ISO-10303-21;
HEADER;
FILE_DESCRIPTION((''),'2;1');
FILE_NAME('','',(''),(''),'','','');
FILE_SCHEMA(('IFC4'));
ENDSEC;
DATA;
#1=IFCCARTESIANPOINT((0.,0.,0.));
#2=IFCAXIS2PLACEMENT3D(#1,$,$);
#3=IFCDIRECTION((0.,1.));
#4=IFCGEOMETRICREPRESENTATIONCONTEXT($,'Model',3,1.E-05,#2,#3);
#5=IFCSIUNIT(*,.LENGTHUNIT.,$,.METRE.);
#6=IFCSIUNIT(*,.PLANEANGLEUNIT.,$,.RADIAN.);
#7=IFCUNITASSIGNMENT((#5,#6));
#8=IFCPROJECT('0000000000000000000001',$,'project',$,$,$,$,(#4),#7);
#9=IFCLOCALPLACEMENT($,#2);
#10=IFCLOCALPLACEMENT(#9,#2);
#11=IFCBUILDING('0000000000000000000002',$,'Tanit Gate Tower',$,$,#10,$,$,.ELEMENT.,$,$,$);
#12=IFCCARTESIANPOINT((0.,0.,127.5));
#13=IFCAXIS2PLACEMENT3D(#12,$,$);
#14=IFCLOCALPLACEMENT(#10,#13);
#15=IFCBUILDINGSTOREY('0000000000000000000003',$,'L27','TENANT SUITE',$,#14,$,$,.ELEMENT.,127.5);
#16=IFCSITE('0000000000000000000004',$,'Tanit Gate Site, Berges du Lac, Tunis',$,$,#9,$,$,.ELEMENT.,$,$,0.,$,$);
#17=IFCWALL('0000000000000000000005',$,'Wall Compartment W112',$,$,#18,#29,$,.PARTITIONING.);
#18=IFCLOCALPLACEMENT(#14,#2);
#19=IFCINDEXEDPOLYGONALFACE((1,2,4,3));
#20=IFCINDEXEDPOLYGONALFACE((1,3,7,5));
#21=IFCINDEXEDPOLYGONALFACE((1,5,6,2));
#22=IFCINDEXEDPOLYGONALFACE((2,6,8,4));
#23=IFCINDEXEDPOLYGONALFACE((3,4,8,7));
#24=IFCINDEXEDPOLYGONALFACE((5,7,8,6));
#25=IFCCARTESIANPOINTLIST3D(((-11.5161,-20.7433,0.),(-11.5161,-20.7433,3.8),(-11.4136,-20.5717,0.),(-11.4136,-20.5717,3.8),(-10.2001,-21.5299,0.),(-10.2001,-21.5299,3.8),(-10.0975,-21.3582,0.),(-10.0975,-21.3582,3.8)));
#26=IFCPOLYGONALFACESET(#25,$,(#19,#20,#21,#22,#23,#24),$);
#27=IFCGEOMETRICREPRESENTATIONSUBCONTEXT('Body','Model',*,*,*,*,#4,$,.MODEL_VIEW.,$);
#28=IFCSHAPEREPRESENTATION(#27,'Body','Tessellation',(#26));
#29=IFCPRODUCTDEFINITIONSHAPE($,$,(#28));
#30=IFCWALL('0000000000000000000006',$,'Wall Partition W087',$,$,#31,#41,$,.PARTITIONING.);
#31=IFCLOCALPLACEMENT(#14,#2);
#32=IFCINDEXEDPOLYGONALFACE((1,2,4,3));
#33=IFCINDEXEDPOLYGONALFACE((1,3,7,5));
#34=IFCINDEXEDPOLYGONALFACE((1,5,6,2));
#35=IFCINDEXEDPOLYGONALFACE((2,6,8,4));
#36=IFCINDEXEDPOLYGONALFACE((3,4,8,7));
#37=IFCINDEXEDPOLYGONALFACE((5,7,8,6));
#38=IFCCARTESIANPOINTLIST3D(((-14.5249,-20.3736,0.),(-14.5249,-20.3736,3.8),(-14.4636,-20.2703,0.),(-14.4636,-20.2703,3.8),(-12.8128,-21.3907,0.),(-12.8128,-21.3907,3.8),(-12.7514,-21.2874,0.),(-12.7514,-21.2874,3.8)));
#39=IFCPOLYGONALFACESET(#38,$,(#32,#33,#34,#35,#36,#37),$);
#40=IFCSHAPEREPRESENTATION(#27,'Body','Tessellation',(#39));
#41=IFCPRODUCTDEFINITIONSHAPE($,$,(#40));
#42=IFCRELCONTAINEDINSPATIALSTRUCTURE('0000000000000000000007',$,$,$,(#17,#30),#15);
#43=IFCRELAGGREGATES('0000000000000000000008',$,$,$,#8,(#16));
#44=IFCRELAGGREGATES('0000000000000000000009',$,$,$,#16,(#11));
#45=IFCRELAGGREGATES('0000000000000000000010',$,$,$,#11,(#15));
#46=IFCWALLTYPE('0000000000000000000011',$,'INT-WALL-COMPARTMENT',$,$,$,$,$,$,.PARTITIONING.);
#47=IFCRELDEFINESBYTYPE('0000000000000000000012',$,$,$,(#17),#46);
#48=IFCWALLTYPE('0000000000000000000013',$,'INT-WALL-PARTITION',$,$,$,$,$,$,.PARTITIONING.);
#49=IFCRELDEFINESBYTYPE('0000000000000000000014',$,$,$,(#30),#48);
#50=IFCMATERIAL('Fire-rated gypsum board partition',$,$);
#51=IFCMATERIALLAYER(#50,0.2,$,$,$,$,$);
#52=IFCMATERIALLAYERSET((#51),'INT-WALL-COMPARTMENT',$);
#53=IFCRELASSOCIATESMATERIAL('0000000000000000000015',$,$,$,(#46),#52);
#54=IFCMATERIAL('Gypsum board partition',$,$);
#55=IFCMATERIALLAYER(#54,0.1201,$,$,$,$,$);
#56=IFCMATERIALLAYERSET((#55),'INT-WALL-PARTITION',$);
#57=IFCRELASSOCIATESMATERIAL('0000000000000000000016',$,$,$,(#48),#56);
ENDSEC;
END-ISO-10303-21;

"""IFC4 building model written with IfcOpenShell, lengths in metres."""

from ifc_helpers import new_model, si_unit, direction, frame, frame_2d, origin, place, context, subcontext, project, spatial, rectangle, extrude, material, layer, layer_set, type_object, element, save


model = new_model("IFC4")

# Units and contexts
model_context = context("Model", 3, precision=1e-05, world=origin(), true_north=direction((0.0, 1.0)))
body_context = subcontext(model_context, "Body", "Model", "MODEL_VIEW")
ifc_project = project(units=[si_unit("LENGTHUNIT", "METRE"), si_unit("PLANEANGLEUNIT", "RADIAN")], contexts=[model_context])

# Site, building, storey
site_placement = place(None, origin())
site = spatial("IfcSite", under=ifc_project, at=site_placement, Name="Tanit Gate Site, Berges du Lac, Tunis", CompositionType="ELEMENT", RefElevation=0.0)
building_placement = place(site_placement, origin())
building = spatial("IfcBuilding", under=site, at=building_placement, Name="Tanit Gate Tower", CompositionType="ELEMENT")
storey_placement = place(building_placement, frame((0.0, 0.0, 127.5)))
storey = spatial("IfcBuildingStorey", under=building, at=storey_placement, Name="L27", Description="TENANT SUITE", CompositionType="ELEMENT", Elevation=127.5)

# Shared definitions
ifc_material_1 = material(Name="Fire-rated gypsum board partition")
ifc_layer_1 = layer(ifc_material_1, 0.2)
ifc_layer_set_1 = layer_set([ifc_layer_1], Name="INT-WALL-COMPARTMENT")
wall_type_1 = type_object("IfcWallType", Name="INT-WALL-COMPARTMENT", PredefinedType="PARTITIONING", material=ifc_layer_set_1)

# Walls
wall_1_placement = place(storey_placement, frame((-11.4648, -20.6575, 0.0), z_axis=(0.0, 0.0, 1.0), x_axis=(0.858377, -0.51302, 0.0)))
element("IfcWall", 1, at=wall_1_placement, inside=storey, type_object=wall_type_1, Name="Wall Compartment W112", PredefinedType="PARTITIONING", context=body_context, shape_type="SweptSolid", body=[
    extrude(rectangle(XDim=1.5332, YDim=0.2, at=frame_2d((0.7666, 0.0))), origin(), (0.0, 0.0, 1.0), 3.8),
])
ifc_material_2 = material(Name="Gypsum board partition")
ifc_layer_2 = layer(ifc_material_2, 0.1201)
ifc_layer_set_2 = layer_set([ifc_layer_2], Name="INT-WALL-PARTITION")
wall_type_2 = type_object("IfcWallType", Name="INT-WALL-PARTITION", PredefinedType="PARTITIONING", material=ifc_layer_set_2)
wall_2_placement = place(storey_placement, frame((-14.4941, -20.322, 0.0), z_axis=(0.0, 0.0, 1.0), x_axis=(0.859745, -0.510723, 0.0)))
element("IfcWall", 2, at=wall_2_placement, inside=storey, type_object=wall_type_2, Name="Wall Partition W087", PredefinedType="PARTITIONING", context=body_context, shape_type="SweptSolid", body=[
    extrude(rectangle(XDim=1.9915, YDim=0.1201, at=frame_2d((0.9956, 0.0))), origin(), (0.0, 0.0, 1.0), 3.8),
])

save(model, "model.ifc")
